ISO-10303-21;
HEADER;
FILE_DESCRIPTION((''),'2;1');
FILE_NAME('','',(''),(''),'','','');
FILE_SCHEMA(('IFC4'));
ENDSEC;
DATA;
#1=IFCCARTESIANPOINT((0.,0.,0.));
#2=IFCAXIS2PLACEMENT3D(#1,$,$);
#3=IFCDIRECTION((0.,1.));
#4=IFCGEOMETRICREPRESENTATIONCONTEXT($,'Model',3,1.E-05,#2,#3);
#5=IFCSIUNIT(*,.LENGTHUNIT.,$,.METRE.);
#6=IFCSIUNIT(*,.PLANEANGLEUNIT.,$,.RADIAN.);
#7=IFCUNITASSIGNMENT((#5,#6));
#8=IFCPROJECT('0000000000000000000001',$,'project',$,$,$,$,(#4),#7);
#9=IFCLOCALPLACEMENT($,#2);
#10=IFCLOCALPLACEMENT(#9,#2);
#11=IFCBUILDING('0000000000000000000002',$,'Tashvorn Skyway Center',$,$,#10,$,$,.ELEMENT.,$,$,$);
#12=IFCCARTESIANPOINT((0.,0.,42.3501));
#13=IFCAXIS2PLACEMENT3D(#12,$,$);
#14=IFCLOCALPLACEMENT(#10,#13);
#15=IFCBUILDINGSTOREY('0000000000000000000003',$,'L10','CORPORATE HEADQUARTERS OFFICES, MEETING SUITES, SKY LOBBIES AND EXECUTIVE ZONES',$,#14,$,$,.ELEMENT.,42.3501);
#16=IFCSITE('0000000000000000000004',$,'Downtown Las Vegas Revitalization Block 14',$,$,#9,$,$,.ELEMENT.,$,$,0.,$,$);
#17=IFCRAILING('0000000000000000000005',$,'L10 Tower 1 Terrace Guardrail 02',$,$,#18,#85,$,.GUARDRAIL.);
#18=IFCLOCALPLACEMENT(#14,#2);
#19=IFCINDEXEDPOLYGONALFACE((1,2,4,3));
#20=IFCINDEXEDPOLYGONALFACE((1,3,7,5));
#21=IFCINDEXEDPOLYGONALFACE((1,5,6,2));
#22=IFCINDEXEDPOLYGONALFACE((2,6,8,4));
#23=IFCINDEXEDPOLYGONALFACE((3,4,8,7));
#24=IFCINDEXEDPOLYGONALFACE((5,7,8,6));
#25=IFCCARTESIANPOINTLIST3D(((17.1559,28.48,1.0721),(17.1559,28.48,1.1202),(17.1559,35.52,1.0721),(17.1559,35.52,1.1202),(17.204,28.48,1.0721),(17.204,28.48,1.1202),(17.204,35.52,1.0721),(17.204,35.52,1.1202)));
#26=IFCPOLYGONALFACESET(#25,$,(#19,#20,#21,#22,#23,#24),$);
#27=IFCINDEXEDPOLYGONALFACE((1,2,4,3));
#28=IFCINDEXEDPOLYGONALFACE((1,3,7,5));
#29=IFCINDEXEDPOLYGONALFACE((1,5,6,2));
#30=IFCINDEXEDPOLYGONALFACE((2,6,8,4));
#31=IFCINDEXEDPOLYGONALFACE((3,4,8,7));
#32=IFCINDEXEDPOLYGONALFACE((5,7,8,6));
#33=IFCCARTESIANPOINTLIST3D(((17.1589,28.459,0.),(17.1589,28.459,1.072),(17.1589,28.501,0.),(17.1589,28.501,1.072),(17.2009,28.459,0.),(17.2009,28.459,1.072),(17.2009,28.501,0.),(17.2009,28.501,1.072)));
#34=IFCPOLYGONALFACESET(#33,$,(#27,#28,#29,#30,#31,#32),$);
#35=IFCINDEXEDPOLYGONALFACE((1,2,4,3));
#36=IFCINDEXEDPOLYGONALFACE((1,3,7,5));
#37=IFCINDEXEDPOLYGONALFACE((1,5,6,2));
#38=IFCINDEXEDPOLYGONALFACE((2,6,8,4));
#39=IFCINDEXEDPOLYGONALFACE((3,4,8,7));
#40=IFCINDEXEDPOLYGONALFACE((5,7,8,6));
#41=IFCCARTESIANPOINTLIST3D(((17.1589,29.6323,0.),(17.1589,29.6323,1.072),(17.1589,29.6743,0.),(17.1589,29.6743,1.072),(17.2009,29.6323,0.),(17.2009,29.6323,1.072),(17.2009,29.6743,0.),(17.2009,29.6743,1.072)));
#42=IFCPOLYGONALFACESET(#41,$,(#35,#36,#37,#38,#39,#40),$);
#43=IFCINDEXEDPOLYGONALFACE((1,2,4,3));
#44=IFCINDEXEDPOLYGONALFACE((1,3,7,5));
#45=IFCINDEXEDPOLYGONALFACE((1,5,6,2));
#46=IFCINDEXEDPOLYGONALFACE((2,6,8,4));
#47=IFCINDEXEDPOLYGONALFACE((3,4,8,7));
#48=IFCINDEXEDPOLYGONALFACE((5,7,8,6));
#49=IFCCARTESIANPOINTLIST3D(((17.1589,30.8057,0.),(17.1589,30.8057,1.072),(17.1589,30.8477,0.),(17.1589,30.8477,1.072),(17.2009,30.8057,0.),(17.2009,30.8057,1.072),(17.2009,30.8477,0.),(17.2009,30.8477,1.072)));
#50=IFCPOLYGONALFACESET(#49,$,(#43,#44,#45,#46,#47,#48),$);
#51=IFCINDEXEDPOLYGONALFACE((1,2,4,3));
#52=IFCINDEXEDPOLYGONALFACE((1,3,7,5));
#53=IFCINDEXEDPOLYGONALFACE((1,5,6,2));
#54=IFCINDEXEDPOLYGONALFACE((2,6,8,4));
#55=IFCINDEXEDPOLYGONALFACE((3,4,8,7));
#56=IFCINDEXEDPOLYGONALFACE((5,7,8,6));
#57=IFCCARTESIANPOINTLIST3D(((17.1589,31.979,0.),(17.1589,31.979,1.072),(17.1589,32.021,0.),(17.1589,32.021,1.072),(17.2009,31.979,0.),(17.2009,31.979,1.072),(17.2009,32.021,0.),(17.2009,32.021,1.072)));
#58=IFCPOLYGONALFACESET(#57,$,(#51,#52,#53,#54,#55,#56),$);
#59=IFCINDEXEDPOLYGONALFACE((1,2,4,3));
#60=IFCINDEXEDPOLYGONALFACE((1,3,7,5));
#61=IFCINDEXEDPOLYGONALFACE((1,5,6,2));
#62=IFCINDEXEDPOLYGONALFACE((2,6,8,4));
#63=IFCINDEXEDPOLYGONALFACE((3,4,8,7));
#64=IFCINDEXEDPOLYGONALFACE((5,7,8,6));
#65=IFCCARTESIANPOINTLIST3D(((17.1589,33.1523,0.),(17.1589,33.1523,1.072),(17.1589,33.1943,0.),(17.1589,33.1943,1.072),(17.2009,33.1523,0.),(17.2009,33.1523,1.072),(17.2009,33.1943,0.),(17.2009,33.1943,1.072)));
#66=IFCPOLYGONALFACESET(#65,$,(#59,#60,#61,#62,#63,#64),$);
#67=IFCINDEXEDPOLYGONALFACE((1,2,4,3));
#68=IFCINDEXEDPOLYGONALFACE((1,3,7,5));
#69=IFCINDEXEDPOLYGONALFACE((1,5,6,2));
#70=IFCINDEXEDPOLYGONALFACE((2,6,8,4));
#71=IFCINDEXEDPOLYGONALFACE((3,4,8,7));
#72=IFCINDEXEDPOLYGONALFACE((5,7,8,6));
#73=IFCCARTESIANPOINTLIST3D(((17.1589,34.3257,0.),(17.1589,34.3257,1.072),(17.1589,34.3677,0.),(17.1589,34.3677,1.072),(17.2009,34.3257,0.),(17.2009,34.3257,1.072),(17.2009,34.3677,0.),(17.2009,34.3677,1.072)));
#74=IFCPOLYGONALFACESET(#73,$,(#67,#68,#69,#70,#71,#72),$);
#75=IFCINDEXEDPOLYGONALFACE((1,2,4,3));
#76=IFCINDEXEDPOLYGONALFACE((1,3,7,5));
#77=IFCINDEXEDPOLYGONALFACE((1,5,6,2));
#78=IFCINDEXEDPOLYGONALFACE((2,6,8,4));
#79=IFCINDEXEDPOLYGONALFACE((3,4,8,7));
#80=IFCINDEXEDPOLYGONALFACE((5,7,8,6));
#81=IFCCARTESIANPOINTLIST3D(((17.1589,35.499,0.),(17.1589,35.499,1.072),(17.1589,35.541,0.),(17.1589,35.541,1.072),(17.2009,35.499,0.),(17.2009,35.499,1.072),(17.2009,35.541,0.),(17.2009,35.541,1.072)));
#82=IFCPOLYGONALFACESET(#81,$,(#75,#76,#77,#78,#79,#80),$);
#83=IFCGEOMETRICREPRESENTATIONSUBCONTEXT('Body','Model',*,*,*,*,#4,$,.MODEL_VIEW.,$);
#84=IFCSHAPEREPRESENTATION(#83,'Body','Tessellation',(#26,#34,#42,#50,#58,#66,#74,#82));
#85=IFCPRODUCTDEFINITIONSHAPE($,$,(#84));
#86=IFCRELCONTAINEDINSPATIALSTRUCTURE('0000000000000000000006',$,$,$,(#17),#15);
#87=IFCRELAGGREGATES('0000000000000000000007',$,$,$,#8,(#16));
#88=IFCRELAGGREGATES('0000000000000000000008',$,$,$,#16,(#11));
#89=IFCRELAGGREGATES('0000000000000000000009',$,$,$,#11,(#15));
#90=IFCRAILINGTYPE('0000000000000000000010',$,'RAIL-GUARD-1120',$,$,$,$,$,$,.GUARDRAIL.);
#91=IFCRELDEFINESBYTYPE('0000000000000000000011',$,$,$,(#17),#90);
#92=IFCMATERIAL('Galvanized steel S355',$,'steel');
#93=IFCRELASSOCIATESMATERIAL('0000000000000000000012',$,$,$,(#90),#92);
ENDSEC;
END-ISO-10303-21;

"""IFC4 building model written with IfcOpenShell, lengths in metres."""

from ifc_helpers import new_model, si_unit, direction, frame, origin, origin_2d, place, context, subcontext, project, spatial, rectangle, extrude, material, type_object, element, save


model = new_model("IFC4")

# Units and contexts
model_context = context("Model", 3, precision=1e-05, world=origin(), true_north=direction((0.0, 1.0)))
body_context = subcontext(model_context, "Body", "Model", "MODEL_VIEW")
ifc_project = project(units=[si_unit("LENGTHUNIT", "METRE"), si_unit("PLANEANGLEUNIT", "RADIAN")], contexts=[model_context])

# Site, building, storey
site_placement = place(None, origin())
site = spatial("IfcSite", under=ifc_project, at=site_placement, Name="Downtown Las Vegas Revitalization Block 14", CompositionType="ELEMENT", RefElevation=0.0)
building_placement = place(site_placement, origin())
building = spatial("IfcBuilding", under=site, at=building_placement, Name="Tashvorn Skyway Center", CompositionType="ELEMENT")
storey_placement = place(building_placement, frame((0.0, 0.0, 42.3501)))
storey = spatial("IfcBuildingStorey", under=building, at=storey_placement, Name="L10", Description="CORPORATE HEADQUARTERS OFFICES, MEETING SUITES, SKY LOBBIES AND EXECUTIVE ZONES", CompositionType="ELEMENT", Elevation=42.3501)

# Railing
ifc_material_1 = material(Name="Galvanized steel S355", Category="steel")
railing_type = type_object("IfcRailingType", Name="RAIL-GUARD-1120", PredefinedType="GUARDRAIL", material=ifc_material_1)
railing_1_placement = place(storey_placement, frame((17.1799, 28.48, 0.0)))
element("IfcRailing", 1, at=railing_1_placement, inside=storey, type_object=railing_type, Name="L10 Tower 1 Terrace Guardrail 02", PredefinedType="GUARDRAIL", context=body_context, shape_type="SweptSolid", body=[
    extrude(rectangle(XDim=0.0481, YDim=0.0481, at=origin_2d()), frame((0.0, 0.0, 1.0962), z_axis=(0.0, 1.0, 0.0), x_axis=(-1.0, 0.0, 0.0)), (0.0, 0.0, 1.0), 7.04),
    extrude(rectangle(XDim=0.042, YDim=0.042, at=origin_2d()), origin(), (0.0, 0.0, 1.0), 1.072),
    extrude(rectangle(XDim=0.042, YDim=0.042, at=origin_2d()), frame((0.0, 1.1733, 0.0)), (0.0, 0.0, 1.0), 1.072),
    extrude(rectangle(XDim=0.042, YDim=0.042, at=origin_2d()), frame((0.0, 2.3467, 0.0)), (0.0, 0.0, 1.0), 1.072),
    extrude(rectangle(XDim=0.042, YDim=0.042, at=origin_2d()), frame((0.0, 3.52, 0.0)), (0.0, 0.0, 1.0), 1.072),
    extrude(rectangle(XDim=0.042, YDim=0.042, at=origin_2d()), frame((0.0, 4.6934, 0.0)), (0.0, 0.0, 1.0), 1.072),
    extrude(rectangle(XDim=0.042, YDim=0.042, at=origin_2d()), frame((0.0, 5.8667, 0.0)), (0.0, 0.0, 1.0), 1.072),
    extrude(rectangle(XDim=0.042, YDim=0.042, at=origin_2d()), frame((0.0, 7.04, 0.0)), (0.0, 0.0, 1.0), 1.072),
])

save(model, "model.ifc")
